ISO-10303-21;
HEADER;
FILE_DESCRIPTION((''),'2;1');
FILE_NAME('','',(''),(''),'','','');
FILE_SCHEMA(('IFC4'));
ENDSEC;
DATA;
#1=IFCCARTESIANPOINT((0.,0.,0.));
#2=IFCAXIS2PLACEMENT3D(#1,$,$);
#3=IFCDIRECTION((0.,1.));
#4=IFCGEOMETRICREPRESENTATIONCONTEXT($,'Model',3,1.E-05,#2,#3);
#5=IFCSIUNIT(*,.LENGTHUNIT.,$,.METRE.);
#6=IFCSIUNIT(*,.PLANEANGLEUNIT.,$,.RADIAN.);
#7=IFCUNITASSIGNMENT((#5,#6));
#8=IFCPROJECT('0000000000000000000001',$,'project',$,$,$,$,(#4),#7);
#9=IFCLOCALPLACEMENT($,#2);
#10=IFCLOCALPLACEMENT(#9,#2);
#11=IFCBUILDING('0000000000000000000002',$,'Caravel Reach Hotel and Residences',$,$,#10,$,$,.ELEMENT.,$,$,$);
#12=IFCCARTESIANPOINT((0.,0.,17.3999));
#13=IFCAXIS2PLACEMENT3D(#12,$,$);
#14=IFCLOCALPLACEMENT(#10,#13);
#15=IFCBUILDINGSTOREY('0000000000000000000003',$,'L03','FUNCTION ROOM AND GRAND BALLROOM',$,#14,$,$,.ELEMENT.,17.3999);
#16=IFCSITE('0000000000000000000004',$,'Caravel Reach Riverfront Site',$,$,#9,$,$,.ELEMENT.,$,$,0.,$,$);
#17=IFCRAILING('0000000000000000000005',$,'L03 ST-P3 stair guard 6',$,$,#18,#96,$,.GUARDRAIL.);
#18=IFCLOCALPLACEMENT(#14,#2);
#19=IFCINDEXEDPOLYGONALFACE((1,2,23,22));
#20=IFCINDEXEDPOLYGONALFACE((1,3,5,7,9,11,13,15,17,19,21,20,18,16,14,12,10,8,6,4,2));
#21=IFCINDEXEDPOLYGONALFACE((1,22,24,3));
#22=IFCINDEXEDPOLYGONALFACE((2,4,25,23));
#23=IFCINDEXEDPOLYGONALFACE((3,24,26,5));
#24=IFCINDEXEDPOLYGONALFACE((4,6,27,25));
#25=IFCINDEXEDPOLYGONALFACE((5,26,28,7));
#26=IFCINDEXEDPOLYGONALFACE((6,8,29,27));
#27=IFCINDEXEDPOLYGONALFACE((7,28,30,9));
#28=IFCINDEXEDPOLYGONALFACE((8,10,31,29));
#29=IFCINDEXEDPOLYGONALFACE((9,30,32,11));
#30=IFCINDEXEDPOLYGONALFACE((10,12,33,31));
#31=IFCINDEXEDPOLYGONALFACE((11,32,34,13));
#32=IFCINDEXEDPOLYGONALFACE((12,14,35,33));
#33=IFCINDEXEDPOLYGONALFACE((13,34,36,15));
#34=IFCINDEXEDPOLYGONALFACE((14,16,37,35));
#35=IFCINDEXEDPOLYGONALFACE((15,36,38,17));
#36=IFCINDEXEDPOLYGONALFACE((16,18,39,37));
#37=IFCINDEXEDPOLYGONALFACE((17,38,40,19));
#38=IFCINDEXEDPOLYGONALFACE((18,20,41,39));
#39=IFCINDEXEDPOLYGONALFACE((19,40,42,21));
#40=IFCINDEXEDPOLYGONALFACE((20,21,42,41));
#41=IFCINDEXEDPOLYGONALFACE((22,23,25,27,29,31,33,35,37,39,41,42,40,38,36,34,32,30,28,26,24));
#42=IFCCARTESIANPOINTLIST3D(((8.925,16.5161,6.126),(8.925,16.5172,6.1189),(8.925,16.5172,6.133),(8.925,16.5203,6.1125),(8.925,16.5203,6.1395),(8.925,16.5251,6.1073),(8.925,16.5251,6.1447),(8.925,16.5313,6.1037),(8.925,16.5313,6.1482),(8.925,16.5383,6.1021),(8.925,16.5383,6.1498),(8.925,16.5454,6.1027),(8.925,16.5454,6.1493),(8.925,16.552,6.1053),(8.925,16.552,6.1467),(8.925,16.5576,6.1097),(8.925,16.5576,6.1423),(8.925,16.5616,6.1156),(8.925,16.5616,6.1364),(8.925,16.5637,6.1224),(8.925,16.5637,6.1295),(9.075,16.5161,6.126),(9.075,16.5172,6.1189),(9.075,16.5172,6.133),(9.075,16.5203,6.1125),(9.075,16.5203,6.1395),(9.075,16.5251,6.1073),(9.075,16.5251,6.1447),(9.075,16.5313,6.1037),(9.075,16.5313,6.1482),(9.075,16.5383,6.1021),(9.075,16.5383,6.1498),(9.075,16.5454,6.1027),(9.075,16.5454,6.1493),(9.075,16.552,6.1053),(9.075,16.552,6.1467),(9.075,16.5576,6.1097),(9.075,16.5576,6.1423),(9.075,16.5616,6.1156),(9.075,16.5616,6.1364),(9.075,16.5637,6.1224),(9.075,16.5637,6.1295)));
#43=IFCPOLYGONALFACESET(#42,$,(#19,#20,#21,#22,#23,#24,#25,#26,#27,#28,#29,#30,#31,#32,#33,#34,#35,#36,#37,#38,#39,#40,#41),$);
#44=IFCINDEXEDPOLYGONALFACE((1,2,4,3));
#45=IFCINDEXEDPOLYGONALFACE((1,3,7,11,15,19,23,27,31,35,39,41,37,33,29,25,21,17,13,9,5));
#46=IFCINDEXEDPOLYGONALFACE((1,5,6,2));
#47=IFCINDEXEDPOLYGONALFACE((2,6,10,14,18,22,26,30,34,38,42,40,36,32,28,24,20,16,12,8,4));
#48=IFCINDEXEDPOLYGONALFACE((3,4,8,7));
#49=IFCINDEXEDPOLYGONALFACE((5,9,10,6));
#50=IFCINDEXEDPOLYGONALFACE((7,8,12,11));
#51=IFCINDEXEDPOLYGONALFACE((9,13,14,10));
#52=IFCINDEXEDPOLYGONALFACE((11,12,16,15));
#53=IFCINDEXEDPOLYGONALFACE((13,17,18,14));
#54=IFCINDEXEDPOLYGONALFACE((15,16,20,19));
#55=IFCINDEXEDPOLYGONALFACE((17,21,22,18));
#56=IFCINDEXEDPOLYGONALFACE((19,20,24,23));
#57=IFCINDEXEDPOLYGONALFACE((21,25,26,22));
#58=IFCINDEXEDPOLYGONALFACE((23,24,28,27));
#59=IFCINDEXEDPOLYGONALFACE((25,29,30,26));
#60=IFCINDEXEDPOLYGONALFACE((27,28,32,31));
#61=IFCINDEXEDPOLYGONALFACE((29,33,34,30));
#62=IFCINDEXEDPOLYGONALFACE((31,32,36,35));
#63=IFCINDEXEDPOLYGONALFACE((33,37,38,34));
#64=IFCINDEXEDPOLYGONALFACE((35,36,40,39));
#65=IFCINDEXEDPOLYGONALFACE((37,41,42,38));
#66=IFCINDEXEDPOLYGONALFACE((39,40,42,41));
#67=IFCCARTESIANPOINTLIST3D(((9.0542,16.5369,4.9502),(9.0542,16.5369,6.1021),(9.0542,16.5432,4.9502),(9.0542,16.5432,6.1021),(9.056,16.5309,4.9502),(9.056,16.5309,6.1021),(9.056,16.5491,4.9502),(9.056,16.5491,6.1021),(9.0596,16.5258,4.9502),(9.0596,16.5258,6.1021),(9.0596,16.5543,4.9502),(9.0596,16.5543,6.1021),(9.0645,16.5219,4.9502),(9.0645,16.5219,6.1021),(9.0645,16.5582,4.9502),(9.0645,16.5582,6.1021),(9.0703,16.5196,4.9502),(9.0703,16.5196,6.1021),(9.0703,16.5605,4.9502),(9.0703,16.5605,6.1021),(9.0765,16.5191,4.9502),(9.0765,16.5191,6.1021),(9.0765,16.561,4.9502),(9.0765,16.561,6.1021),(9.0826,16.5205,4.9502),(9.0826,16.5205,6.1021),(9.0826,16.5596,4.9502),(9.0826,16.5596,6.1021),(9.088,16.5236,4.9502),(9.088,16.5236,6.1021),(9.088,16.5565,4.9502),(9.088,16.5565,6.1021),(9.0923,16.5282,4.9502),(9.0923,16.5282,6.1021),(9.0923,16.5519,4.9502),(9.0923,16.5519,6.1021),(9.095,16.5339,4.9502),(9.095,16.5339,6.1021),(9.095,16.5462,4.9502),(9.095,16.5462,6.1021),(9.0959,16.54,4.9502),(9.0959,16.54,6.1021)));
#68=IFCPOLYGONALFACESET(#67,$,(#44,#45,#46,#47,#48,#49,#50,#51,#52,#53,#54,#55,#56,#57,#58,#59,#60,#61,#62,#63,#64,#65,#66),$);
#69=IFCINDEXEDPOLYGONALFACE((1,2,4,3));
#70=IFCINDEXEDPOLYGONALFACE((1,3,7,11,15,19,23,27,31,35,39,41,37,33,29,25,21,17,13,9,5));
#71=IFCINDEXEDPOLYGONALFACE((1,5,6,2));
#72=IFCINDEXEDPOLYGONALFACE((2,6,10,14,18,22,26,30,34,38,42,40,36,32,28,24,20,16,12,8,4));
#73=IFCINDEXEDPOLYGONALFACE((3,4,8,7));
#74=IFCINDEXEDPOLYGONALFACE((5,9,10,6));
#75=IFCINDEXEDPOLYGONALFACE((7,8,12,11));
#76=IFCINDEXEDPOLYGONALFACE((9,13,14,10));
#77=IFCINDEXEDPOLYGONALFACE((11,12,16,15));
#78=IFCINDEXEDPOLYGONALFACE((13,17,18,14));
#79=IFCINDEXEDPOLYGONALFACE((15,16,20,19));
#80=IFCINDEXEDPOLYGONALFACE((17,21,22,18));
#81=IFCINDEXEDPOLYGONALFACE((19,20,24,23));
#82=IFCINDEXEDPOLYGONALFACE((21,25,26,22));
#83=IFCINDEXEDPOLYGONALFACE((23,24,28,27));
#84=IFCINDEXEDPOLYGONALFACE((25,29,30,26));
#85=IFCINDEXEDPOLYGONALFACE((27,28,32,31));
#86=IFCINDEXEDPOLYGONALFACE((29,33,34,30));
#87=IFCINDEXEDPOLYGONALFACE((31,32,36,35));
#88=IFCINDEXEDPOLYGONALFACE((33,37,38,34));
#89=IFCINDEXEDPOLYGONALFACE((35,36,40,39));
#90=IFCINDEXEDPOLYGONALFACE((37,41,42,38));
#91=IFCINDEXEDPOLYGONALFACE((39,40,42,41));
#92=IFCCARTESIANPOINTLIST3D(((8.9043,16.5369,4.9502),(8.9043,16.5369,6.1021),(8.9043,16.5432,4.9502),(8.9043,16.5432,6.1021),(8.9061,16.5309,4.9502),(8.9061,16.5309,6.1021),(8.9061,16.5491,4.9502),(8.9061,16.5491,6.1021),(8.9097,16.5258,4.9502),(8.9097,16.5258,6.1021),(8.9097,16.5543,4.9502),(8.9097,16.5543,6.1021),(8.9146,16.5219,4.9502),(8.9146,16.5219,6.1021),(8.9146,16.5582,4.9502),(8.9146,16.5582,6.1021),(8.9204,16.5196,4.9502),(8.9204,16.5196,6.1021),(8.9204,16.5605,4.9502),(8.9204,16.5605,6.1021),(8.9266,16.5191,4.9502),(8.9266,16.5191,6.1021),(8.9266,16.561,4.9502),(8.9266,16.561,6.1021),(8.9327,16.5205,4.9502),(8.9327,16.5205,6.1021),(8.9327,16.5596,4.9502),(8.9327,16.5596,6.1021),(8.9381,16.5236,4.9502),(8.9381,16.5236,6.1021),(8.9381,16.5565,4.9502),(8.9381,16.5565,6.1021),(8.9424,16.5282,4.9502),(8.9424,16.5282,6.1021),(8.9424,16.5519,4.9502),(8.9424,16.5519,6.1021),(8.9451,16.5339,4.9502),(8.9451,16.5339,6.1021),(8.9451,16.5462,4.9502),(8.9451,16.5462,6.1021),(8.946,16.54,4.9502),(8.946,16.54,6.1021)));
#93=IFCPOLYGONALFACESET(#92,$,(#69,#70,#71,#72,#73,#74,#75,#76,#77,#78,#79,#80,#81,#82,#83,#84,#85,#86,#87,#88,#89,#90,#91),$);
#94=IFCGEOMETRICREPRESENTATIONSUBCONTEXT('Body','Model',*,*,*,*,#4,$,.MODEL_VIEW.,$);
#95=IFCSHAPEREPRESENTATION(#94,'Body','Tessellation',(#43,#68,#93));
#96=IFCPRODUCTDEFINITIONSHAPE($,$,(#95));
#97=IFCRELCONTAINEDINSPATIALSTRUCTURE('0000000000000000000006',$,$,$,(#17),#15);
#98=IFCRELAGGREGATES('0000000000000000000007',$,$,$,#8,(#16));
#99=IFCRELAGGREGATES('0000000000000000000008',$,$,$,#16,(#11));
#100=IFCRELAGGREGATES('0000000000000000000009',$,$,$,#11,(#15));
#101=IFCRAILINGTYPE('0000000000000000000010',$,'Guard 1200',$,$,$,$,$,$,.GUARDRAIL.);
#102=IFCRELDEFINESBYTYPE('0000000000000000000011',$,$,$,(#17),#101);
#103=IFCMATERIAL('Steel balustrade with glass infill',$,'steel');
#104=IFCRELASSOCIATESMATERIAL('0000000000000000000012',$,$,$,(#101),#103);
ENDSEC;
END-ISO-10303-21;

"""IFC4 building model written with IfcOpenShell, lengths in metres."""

from ifc_helpers import new_model, si_unit, direction, frame, origin, origin_2d, place, context, subcontext, project, spatial, circle, extrude, material, type_object, element, save


model = new_model("IFC4")

# Units and contexts
model_context = context("Model", 3, precision=1e-05, world=origin(), true_north=direction((0.0, 1.0)))
body_context = subcontext(model_context, "Body", "Model", "MODEL_VIEW")
ifc_project = project(units=[si_unit("LENGTHUNIT", "METRE"), si_unit("PLANEANGLEUNIT", "RADIAN")], contexts=[model_context])

# Site, building, storey
site_placement = place(None, origin())
site = spatial("IfcSite", under=ifc_project, at=site_placement, Name="Caravel Reach Riverfront Site", CompositionType="ELEMENT", RefElevation=0.0)
building_placement = place(site_placement, origin())
building = spatial("IfcBuilding", under=site, at=building_placement, Name="Caravel Reach Hotel and Residences", CompositionType="ELEMENT")
storey_placement = place(building_placement, frame((0.0, 0.0, 17.3999)))
storey = spatial("IfcBuildingStorey", under=building, at=storey_placement, Name="L03", Description="FUNCTION ROOM AND GRAND BALLROOM", CompositionType="ELEMENT", Elevation=17.3999)

# Railing
ifc_material_1 = material(Name="Steel balustrade with glass infill", Category="steel")
railing_type_1 = type_object("IfcRailingType", Name="Guard 1200", PredefinedType="GUARDRAIL", material=ifc_material_1)
railing_1_placement = place(storey_placement, frame((9.075, 16.54, 4.9502)))
element("IfcRailing", 1, at=railing_1_placement, inside=storey, type_object=railing_type_1, Name="L03 ST-P3 stair guard 6", PredefinedType="GUARDRAIL", context=body_context, shape_type="SweptSolid", body=[
    extrude(circle(Radius=0.0239, at=origin_2d()), frame((0.0, 0.0, 1.1758), z_axis=(-1.0, 0.0, 0.0), x_axis=(0.0, -1.0, 0.0)), (0.0, 0.0, 1.0), 0.1499),
    extrude(circle(Radius=0.021, at=origin_2d()), origin(), (0.0, 0.0, 1.0), 1.1519),
    extrude(circle(Radius=0.021, at=origin_2d()), frame((-0.1499, 0.0, 0.0)), (0.0, 0.0, 1.0), 1.1519),
])

save(model, "model.ifc")
